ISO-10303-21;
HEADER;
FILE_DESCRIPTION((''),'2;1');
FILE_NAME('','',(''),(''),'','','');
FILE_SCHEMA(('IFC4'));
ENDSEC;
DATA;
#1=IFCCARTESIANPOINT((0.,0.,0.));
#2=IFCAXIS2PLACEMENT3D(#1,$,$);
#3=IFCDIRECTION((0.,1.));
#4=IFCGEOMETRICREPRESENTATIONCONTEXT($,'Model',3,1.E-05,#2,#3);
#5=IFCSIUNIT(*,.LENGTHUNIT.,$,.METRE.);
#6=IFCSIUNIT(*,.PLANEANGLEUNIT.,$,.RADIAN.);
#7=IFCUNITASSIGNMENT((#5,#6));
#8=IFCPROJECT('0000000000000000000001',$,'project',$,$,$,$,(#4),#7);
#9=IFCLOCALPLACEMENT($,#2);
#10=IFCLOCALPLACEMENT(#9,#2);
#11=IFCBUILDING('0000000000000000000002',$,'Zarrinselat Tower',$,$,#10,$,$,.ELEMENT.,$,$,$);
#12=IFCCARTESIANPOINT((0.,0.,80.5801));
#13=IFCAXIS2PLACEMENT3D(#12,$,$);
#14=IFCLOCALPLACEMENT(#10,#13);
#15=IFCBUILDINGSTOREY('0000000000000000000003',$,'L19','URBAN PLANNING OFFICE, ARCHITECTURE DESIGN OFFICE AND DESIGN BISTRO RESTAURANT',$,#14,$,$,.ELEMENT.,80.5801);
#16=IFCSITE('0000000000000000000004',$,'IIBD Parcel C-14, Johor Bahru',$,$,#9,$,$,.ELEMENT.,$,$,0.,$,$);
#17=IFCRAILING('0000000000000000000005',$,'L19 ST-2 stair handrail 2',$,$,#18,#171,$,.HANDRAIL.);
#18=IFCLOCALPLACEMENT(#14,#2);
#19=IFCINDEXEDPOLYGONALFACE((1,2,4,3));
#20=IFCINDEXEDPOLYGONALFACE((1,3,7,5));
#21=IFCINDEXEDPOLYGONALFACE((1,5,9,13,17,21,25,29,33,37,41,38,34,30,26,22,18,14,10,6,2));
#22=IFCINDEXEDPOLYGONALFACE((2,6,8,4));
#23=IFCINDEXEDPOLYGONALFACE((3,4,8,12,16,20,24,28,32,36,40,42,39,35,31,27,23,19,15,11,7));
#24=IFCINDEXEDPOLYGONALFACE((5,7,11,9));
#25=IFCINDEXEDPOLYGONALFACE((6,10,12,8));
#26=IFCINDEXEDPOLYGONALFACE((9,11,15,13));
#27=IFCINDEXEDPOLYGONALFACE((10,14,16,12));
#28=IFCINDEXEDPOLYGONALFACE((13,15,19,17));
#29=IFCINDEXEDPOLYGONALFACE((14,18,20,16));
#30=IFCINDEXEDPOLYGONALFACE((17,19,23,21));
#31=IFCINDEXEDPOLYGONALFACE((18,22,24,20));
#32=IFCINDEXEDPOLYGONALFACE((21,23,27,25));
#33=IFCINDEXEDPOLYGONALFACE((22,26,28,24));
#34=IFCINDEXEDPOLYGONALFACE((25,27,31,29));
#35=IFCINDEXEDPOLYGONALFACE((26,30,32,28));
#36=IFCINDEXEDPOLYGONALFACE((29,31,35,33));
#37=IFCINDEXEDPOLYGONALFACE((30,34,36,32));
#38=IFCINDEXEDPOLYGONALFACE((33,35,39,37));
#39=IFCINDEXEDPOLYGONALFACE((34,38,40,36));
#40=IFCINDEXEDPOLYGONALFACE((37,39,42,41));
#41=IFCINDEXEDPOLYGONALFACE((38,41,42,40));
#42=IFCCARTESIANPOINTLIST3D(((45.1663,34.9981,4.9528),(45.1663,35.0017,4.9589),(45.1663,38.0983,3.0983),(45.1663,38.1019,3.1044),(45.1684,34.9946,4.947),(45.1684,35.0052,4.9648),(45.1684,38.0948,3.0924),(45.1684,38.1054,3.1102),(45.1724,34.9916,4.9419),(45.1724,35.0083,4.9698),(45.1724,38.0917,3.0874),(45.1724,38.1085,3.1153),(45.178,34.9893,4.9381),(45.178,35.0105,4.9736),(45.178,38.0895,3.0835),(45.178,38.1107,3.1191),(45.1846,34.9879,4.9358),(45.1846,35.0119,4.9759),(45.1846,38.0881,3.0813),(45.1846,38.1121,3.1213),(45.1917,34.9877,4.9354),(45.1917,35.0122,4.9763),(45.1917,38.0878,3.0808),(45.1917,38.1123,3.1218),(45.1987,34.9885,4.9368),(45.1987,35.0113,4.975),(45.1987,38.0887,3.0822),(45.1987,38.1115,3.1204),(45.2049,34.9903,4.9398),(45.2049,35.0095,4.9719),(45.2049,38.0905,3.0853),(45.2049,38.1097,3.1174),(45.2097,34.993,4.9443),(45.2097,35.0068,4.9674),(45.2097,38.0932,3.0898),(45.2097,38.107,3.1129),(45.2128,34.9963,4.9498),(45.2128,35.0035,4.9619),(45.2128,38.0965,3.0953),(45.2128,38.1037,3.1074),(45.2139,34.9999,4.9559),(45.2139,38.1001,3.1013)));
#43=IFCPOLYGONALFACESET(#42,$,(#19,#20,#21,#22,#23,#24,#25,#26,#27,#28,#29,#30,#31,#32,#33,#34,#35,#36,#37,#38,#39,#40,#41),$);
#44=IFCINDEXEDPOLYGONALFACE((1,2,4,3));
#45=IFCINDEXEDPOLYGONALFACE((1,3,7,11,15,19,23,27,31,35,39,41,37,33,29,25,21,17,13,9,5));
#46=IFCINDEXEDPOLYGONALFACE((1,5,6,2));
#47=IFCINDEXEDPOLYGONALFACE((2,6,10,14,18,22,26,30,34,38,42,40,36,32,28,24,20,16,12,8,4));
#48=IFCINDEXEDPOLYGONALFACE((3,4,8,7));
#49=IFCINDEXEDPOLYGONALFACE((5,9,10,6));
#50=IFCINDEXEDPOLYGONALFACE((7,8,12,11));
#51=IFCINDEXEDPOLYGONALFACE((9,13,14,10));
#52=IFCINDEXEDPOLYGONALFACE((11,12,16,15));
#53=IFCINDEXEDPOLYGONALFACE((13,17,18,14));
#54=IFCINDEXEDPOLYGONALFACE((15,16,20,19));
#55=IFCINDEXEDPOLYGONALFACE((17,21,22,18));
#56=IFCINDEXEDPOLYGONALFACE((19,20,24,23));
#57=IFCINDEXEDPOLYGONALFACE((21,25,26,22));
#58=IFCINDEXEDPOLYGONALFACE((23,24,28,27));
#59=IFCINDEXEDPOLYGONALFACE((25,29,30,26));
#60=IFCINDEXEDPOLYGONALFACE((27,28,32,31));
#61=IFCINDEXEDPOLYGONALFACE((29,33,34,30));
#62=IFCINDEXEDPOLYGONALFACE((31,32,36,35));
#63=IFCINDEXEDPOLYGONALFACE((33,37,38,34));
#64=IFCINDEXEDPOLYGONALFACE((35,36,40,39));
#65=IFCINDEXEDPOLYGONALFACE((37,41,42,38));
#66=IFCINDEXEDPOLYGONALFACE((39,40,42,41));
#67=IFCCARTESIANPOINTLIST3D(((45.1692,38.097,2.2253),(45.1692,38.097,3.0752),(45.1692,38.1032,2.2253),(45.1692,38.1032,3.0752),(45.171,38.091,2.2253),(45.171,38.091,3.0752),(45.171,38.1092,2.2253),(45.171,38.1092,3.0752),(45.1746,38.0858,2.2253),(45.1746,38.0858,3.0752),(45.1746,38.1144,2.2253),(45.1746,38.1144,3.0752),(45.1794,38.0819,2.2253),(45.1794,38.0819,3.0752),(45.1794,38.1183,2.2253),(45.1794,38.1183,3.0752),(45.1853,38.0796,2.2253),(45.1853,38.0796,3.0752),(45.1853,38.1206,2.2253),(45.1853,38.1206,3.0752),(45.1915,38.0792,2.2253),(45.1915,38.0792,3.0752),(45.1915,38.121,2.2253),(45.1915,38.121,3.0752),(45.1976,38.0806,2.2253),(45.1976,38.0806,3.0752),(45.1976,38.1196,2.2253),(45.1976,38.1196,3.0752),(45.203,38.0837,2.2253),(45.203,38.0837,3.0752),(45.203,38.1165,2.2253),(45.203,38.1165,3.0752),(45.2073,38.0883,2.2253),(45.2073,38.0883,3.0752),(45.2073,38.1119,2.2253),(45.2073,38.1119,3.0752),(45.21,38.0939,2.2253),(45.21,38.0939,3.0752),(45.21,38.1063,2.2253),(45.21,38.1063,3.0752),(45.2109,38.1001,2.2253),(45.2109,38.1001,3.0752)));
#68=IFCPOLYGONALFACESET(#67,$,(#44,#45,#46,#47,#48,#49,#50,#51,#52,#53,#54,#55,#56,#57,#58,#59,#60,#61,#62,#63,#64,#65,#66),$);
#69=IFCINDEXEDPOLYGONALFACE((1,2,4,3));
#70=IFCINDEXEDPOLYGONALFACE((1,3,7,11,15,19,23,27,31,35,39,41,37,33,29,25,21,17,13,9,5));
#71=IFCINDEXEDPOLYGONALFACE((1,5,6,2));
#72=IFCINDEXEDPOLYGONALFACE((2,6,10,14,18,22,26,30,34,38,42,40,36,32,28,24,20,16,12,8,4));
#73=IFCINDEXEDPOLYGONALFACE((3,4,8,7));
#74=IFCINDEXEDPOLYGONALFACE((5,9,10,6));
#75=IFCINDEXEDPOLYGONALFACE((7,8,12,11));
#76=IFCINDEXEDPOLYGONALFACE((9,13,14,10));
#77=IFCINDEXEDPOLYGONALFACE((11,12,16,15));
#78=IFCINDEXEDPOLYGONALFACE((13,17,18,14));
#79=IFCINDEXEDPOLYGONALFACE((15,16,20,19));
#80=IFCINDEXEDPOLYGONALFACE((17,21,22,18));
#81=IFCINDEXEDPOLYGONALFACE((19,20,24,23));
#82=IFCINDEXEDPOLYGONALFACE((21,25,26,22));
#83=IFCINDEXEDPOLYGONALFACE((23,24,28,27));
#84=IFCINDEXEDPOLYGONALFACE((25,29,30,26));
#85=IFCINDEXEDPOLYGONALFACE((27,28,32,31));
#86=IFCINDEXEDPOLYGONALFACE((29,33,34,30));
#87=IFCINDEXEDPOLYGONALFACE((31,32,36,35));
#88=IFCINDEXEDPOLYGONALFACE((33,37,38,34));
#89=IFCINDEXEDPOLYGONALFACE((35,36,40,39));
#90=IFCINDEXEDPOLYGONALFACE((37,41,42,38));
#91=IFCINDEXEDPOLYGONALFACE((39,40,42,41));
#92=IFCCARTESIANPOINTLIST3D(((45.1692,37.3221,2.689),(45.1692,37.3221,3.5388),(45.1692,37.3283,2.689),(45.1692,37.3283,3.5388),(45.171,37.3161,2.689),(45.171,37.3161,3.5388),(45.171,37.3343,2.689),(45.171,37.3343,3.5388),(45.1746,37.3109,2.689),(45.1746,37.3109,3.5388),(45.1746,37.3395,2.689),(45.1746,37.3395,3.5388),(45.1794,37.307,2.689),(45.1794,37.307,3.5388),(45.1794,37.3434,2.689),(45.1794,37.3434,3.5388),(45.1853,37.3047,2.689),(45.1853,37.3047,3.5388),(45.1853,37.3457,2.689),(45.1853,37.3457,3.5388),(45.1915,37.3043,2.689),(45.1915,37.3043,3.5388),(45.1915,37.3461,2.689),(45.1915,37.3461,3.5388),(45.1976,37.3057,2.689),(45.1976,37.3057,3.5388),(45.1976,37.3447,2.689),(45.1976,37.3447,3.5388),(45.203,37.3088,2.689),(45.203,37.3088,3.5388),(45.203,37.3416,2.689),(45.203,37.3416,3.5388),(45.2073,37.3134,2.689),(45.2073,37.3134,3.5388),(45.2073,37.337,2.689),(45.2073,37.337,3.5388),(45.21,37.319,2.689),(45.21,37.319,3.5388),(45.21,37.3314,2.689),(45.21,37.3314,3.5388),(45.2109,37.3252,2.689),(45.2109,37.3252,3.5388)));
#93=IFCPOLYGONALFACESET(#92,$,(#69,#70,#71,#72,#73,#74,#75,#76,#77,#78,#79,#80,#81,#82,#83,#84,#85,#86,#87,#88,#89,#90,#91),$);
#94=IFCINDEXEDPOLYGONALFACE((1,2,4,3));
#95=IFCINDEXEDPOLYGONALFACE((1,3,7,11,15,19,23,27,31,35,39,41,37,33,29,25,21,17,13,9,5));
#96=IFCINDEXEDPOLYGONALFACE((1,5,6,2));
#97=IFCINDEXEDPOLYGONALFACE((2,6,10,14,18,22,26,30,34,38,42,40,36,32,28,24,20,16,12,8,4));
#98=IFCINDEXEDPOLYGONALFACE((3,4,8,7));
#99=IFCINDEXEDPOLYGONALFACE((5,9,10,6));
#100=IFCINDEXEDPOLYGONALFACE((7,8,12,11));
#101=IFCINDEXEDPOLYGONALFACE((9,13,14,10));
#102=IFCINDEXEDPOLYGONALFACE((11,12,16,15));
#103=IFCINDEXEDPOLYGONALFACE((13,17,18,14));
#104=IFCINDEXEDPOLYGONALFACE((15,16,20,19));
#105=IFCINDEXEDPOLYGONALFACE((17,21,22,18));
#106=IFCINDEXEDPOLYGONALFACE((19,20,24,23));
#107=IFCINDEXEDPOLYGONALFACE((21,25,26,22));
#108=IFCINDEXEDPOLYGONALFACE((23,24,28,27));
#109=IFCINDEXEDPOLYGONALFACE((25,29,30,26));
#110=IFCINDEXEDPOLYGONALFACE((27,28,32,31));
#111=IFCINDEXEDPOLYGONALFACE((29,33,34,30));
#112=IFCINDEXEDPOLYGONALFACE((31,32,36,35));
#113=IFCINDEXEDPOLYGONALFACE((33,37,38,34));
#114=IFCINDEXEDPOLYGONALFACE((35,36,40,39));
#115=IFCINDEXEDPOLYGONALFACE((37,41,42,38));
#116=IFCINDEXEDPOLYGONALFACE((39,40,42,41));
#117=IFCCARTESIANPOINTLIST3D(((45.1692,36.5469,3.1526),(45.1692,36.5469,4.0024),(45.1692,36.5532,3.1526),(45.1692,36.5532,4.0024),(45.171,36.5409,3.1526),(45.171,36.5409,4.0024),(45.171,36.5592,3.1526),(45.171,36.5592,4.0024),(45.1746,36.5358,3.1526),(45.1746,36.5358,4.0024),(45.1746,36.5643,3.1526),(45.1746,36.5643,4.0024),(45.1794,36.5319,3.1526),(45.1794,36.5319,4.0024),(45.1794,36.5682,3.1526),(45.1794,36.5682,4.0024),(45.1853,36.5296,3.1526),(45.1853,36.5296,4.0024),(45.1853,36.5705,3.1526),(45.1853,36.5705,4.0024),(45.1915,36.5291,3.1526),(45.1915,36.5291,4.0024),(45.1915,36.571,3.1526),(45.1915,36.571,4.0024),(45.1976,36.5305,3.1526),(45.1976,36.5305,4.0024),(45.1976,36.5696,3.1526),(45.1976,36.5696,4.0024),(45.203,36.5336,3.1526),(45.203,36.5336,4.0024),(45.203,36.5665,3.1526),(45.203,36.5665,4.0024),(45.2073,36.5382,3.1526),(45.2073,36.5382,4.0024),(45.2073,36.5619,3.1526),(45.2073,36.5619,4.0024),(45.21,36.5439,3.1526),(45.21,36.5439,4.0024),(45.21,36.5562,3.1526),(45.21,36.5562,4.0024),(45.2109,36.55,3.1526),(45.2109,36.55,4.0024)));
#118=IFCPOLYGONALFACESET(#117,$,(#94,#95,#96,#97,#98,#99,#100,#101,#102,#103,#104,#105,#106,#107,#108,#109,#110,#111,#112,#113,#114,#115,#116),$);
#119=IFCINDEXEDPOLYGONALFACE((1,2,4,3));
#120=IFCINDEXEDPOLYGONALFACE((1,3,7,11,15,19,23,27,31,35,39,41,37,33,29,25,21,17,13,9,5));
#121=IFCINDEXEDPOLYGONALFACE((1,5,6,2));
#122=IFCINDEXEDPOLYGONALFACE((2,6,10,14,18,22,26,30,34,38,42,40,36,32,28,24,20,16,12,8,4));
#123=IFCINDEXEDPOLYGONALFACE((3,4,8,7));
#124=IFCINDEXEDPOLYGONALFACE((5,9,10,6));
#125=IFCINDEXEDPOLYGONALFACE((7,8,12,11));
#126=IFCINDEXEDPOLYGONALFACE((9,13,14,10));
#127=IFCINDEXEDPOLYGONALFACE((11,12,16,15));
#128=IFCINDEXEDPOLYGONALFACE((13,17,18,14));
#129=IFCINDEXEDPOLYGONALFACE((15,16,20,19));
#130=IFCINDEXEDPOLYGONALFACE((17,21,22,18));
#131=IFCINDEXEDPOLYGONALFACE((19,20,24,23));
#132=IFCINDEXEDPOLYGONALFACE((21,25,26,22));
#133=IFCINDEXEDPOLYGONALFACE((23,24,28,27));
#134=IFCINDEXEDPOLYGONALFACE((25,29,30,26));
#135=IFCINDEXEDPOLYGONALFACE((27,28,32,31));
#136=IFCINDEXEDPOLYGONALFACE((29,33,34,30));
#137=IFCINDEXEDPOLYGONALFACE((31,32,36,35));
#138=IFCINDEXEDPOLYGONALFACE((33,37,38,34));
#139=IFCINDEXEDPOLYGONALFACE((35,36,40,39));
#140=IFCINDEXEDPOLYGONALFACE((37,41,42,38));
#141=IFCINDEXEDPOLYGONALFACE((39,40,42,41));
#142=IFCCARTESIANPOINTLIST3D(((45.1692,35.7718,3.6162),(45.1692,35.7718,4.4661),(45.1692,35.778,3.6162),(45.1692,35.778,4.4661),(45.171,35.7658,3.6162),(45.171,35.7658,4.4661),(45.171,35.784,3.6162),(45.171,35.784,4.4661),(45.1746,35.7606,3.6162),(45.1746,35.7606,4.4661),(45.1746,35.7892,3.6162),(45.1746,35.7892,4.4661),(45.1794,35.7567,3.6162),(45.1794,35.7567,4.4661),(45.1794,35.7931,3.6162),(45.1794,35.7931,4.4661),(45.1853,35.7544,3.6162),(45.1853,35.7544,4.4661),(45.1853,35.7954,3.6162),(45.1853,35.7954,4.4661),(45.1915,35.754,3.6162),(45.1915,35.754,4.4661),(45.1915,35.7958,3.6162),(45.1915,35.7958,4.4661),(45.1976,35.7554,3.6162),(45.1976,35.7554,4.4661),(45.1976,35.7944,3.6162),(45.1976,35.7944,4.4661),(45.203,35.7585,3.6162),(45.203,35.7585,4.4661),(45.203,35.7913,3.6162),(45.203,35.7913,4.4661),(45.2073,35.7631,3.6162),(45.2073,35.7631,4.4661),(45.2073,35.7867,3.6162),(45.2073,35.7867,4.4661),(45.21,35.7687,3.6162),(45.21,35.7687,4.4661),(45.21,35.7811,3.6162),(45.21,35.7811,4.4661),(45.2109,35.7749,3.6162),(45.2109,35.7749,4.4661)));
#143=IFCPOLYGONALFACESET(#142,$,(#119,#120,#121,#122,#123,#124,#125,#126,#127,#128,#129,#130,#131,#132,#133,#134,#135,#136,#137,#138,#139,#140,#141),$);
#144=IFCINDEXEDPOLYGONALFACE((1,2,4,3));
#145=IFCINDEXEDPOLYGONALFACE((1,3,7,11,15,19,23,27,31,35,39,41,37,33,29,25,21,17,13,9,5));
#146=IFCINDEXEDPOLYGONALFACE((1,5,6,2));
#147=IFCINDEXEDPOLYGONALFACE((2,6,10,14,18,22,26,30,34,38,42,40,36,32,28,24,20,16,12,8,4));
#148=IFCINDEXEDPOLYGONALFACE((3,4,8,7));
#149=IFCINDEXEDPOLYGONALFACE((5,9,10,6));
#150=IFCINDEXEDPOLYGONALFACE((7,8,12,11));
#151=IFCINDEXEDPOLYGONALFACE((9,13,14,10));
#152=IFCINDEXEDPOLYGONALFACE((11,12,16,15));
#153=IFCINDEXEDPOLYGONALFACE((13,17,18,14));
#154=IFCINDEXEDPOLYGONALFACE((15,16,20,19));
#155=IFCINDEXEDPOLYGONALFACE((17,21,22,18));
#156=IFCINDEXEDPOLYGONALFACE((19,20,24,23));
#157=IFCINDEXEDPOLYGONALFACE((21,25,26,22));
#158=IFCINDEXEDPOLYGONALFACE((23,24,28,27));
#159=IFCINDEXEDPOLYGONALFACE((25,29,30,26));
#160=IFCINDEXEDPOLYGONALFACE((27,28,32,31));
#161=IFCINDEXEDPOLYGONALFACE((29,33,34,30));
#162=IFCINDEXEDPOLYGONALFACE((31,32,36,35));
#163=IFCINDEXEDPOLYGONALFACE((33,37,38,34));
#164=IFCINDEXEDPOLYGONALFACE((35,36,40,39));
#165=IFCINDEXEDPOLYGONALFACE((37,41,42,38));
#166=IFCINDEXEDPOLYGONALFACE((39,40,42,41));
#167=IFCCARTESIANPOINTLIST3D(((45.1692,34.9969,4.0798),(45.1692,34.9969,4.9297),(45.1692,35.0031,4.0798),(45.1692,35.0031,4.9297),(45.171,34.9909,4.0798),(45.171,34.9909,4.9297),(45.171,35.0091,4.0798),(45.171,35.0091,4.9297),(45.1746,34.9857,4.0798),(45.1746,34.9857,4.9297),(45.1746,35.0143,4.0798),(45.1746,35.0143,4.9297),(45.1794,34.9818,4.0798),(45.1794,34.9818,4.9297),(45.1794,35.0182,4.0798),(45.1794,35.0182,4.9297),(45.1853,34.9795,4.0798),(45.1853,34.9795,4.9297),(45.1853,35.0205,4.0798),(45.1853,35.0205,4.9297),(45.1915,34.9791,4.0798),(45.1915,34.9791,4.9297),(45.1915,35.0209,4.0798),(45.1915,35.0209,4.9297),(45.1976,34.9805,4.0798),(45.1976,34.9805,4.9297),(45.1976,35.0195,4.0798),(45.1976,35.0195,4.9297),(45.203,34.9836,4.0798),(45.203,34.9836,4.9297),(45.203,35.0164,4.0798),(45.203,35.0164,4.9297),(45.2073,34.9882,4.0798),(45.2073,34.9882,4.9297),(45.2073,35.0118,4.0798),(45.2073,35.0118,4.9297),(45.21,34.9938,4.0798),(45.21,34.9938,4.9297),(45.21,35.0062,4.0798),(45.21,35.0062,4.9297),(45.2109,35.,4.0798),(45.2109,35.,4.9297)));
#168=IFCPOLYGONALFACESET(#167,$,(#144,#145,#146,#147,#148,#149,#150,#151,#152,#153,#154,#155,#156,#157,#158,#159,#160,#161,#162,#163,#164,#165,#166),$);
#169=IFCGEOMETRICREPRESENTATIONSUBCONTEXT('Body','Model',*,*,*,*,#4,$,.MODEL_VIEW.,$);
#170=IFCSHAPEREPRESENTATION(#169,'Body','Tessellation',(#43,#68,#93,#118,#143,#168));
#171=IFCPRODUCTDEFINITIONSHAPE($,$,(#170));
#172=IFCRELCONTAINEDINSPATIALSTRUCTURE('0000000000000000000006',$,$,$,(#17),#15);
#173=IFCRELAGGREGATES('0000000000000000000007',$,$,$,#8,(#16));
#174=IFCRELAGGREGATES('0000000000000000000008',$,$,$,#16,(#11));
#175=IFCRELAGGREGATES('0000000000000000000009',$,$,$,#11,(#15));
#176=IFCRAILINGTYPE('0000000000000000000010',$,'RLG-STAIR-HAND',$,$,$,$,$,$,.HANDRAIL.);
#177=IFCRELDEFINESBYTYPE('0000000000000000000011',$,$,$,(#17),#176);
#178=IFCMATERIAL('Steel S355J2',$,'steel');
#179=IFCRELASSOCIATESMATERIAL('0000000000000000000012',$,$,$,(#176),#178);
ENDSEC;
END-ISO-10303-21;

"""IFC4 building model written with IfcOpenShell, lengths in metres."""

from ifc_helpers import new_model, si_unit, direction, frame, origin, origin_2d, place, context, subcontext, project, spatial, circle, extrude, material, type_object, element, save


model = new_model("IFC4")

# Units and contexts
model_context = context("Model", 3, precision=1e-05, world=origin(), true_north=direction((0.0, 1.0)))
body_context = subcontext(model_context, "Body", "Model", "MODEL_VIEW")
ifc_project = project(units=[si_unit("LENGTHUNIT", "METRE"), si_unit("PLANEANGLEUNIT", "RADIAN")], contexts=[model_context])

# Site, building, storey
site_placement = place(None, origin())
site = spatial("IfcSite", under=ifc_project, at=site_placement, Name="IIBD Parcel C-14, Johor Bahru", CompositionType="ELEMENT", RefElevation=0.0)
building_placement = place(site_placement, origin())
building = spatial("IfcBuilding", under=site, at=building_placement, Name="Zarrinselat Tower", CompositionType="ELEMENT")
storey_placement = place(building_placement, frame((0.0, 0.0, 80.5801)))
storey = spatial("IfcBuildingStorey", under=building, at=storey_placement, Name="L19", Description="URBAN PLANNING OFFICE, ARCHITECTURE DESIGN OFFICE AND DESIGN BISTRO RESTAURANT", CompositionType="ELEMENT", Elevation=80.5801)

# Railing
ifc_material_1 = material(Name="Steel S355J2", Category="steel")
railing_type = type_object("IfcRailingType", Name="RLG-STAIR-HAND", PredefinedType="HANDRAIL", material=ifc_material_1)
railing_placement = place(storey_placement, frame((45.1899, 38.1001, 2.2253)))
element("IfcRailing", 1, at=railing_placement, inside=storey, type_object=railing_type, Name="L19 ST-2 stair handrail 2", PredefinedType="HANDRAIL", context=body_context, shape_type="SweptSolid", body=[
    extrude(circle(Radius=0.0239, at=origin_2d()), frame((0.0, 0.0, 0.876), z_axis=(0.0, -0.858172, 0.513362), x_axis=(1.0, 0.0, 0.0)), (0.0, 0.0, 1.0), 3.6125),
    extrude(circle(Radius=0.021, at=origin_2d()), origin(), (0.0, 0.0, 1.0), 0.8499),
    extrude(circle(Radius=0.021, at=origin_2d()), frame((0.0, -0.7749, 0.4636)), (0.0, 0.0, 1.0), 0.8499),
    extrude(circle(Radius=0.021, at=origin_2d()), frame((0.0, -1.55, 0.9272)), (0.0, 0.0, 1.0), 0.8499),
    extrude(circle(Radius=0.021, at=origin_2d()), frame((0.0, -2.3252, 1.3909)), (0.0, 0.0, 1.0), 0.8499),
    extrude(circle(Radius=0.021, at=origin_2d()), frame((0.0, -3.1001, 1.8545)), (0.0, 0.0, 1.0), 0.8499),
])

save(model, "model.ifc")
